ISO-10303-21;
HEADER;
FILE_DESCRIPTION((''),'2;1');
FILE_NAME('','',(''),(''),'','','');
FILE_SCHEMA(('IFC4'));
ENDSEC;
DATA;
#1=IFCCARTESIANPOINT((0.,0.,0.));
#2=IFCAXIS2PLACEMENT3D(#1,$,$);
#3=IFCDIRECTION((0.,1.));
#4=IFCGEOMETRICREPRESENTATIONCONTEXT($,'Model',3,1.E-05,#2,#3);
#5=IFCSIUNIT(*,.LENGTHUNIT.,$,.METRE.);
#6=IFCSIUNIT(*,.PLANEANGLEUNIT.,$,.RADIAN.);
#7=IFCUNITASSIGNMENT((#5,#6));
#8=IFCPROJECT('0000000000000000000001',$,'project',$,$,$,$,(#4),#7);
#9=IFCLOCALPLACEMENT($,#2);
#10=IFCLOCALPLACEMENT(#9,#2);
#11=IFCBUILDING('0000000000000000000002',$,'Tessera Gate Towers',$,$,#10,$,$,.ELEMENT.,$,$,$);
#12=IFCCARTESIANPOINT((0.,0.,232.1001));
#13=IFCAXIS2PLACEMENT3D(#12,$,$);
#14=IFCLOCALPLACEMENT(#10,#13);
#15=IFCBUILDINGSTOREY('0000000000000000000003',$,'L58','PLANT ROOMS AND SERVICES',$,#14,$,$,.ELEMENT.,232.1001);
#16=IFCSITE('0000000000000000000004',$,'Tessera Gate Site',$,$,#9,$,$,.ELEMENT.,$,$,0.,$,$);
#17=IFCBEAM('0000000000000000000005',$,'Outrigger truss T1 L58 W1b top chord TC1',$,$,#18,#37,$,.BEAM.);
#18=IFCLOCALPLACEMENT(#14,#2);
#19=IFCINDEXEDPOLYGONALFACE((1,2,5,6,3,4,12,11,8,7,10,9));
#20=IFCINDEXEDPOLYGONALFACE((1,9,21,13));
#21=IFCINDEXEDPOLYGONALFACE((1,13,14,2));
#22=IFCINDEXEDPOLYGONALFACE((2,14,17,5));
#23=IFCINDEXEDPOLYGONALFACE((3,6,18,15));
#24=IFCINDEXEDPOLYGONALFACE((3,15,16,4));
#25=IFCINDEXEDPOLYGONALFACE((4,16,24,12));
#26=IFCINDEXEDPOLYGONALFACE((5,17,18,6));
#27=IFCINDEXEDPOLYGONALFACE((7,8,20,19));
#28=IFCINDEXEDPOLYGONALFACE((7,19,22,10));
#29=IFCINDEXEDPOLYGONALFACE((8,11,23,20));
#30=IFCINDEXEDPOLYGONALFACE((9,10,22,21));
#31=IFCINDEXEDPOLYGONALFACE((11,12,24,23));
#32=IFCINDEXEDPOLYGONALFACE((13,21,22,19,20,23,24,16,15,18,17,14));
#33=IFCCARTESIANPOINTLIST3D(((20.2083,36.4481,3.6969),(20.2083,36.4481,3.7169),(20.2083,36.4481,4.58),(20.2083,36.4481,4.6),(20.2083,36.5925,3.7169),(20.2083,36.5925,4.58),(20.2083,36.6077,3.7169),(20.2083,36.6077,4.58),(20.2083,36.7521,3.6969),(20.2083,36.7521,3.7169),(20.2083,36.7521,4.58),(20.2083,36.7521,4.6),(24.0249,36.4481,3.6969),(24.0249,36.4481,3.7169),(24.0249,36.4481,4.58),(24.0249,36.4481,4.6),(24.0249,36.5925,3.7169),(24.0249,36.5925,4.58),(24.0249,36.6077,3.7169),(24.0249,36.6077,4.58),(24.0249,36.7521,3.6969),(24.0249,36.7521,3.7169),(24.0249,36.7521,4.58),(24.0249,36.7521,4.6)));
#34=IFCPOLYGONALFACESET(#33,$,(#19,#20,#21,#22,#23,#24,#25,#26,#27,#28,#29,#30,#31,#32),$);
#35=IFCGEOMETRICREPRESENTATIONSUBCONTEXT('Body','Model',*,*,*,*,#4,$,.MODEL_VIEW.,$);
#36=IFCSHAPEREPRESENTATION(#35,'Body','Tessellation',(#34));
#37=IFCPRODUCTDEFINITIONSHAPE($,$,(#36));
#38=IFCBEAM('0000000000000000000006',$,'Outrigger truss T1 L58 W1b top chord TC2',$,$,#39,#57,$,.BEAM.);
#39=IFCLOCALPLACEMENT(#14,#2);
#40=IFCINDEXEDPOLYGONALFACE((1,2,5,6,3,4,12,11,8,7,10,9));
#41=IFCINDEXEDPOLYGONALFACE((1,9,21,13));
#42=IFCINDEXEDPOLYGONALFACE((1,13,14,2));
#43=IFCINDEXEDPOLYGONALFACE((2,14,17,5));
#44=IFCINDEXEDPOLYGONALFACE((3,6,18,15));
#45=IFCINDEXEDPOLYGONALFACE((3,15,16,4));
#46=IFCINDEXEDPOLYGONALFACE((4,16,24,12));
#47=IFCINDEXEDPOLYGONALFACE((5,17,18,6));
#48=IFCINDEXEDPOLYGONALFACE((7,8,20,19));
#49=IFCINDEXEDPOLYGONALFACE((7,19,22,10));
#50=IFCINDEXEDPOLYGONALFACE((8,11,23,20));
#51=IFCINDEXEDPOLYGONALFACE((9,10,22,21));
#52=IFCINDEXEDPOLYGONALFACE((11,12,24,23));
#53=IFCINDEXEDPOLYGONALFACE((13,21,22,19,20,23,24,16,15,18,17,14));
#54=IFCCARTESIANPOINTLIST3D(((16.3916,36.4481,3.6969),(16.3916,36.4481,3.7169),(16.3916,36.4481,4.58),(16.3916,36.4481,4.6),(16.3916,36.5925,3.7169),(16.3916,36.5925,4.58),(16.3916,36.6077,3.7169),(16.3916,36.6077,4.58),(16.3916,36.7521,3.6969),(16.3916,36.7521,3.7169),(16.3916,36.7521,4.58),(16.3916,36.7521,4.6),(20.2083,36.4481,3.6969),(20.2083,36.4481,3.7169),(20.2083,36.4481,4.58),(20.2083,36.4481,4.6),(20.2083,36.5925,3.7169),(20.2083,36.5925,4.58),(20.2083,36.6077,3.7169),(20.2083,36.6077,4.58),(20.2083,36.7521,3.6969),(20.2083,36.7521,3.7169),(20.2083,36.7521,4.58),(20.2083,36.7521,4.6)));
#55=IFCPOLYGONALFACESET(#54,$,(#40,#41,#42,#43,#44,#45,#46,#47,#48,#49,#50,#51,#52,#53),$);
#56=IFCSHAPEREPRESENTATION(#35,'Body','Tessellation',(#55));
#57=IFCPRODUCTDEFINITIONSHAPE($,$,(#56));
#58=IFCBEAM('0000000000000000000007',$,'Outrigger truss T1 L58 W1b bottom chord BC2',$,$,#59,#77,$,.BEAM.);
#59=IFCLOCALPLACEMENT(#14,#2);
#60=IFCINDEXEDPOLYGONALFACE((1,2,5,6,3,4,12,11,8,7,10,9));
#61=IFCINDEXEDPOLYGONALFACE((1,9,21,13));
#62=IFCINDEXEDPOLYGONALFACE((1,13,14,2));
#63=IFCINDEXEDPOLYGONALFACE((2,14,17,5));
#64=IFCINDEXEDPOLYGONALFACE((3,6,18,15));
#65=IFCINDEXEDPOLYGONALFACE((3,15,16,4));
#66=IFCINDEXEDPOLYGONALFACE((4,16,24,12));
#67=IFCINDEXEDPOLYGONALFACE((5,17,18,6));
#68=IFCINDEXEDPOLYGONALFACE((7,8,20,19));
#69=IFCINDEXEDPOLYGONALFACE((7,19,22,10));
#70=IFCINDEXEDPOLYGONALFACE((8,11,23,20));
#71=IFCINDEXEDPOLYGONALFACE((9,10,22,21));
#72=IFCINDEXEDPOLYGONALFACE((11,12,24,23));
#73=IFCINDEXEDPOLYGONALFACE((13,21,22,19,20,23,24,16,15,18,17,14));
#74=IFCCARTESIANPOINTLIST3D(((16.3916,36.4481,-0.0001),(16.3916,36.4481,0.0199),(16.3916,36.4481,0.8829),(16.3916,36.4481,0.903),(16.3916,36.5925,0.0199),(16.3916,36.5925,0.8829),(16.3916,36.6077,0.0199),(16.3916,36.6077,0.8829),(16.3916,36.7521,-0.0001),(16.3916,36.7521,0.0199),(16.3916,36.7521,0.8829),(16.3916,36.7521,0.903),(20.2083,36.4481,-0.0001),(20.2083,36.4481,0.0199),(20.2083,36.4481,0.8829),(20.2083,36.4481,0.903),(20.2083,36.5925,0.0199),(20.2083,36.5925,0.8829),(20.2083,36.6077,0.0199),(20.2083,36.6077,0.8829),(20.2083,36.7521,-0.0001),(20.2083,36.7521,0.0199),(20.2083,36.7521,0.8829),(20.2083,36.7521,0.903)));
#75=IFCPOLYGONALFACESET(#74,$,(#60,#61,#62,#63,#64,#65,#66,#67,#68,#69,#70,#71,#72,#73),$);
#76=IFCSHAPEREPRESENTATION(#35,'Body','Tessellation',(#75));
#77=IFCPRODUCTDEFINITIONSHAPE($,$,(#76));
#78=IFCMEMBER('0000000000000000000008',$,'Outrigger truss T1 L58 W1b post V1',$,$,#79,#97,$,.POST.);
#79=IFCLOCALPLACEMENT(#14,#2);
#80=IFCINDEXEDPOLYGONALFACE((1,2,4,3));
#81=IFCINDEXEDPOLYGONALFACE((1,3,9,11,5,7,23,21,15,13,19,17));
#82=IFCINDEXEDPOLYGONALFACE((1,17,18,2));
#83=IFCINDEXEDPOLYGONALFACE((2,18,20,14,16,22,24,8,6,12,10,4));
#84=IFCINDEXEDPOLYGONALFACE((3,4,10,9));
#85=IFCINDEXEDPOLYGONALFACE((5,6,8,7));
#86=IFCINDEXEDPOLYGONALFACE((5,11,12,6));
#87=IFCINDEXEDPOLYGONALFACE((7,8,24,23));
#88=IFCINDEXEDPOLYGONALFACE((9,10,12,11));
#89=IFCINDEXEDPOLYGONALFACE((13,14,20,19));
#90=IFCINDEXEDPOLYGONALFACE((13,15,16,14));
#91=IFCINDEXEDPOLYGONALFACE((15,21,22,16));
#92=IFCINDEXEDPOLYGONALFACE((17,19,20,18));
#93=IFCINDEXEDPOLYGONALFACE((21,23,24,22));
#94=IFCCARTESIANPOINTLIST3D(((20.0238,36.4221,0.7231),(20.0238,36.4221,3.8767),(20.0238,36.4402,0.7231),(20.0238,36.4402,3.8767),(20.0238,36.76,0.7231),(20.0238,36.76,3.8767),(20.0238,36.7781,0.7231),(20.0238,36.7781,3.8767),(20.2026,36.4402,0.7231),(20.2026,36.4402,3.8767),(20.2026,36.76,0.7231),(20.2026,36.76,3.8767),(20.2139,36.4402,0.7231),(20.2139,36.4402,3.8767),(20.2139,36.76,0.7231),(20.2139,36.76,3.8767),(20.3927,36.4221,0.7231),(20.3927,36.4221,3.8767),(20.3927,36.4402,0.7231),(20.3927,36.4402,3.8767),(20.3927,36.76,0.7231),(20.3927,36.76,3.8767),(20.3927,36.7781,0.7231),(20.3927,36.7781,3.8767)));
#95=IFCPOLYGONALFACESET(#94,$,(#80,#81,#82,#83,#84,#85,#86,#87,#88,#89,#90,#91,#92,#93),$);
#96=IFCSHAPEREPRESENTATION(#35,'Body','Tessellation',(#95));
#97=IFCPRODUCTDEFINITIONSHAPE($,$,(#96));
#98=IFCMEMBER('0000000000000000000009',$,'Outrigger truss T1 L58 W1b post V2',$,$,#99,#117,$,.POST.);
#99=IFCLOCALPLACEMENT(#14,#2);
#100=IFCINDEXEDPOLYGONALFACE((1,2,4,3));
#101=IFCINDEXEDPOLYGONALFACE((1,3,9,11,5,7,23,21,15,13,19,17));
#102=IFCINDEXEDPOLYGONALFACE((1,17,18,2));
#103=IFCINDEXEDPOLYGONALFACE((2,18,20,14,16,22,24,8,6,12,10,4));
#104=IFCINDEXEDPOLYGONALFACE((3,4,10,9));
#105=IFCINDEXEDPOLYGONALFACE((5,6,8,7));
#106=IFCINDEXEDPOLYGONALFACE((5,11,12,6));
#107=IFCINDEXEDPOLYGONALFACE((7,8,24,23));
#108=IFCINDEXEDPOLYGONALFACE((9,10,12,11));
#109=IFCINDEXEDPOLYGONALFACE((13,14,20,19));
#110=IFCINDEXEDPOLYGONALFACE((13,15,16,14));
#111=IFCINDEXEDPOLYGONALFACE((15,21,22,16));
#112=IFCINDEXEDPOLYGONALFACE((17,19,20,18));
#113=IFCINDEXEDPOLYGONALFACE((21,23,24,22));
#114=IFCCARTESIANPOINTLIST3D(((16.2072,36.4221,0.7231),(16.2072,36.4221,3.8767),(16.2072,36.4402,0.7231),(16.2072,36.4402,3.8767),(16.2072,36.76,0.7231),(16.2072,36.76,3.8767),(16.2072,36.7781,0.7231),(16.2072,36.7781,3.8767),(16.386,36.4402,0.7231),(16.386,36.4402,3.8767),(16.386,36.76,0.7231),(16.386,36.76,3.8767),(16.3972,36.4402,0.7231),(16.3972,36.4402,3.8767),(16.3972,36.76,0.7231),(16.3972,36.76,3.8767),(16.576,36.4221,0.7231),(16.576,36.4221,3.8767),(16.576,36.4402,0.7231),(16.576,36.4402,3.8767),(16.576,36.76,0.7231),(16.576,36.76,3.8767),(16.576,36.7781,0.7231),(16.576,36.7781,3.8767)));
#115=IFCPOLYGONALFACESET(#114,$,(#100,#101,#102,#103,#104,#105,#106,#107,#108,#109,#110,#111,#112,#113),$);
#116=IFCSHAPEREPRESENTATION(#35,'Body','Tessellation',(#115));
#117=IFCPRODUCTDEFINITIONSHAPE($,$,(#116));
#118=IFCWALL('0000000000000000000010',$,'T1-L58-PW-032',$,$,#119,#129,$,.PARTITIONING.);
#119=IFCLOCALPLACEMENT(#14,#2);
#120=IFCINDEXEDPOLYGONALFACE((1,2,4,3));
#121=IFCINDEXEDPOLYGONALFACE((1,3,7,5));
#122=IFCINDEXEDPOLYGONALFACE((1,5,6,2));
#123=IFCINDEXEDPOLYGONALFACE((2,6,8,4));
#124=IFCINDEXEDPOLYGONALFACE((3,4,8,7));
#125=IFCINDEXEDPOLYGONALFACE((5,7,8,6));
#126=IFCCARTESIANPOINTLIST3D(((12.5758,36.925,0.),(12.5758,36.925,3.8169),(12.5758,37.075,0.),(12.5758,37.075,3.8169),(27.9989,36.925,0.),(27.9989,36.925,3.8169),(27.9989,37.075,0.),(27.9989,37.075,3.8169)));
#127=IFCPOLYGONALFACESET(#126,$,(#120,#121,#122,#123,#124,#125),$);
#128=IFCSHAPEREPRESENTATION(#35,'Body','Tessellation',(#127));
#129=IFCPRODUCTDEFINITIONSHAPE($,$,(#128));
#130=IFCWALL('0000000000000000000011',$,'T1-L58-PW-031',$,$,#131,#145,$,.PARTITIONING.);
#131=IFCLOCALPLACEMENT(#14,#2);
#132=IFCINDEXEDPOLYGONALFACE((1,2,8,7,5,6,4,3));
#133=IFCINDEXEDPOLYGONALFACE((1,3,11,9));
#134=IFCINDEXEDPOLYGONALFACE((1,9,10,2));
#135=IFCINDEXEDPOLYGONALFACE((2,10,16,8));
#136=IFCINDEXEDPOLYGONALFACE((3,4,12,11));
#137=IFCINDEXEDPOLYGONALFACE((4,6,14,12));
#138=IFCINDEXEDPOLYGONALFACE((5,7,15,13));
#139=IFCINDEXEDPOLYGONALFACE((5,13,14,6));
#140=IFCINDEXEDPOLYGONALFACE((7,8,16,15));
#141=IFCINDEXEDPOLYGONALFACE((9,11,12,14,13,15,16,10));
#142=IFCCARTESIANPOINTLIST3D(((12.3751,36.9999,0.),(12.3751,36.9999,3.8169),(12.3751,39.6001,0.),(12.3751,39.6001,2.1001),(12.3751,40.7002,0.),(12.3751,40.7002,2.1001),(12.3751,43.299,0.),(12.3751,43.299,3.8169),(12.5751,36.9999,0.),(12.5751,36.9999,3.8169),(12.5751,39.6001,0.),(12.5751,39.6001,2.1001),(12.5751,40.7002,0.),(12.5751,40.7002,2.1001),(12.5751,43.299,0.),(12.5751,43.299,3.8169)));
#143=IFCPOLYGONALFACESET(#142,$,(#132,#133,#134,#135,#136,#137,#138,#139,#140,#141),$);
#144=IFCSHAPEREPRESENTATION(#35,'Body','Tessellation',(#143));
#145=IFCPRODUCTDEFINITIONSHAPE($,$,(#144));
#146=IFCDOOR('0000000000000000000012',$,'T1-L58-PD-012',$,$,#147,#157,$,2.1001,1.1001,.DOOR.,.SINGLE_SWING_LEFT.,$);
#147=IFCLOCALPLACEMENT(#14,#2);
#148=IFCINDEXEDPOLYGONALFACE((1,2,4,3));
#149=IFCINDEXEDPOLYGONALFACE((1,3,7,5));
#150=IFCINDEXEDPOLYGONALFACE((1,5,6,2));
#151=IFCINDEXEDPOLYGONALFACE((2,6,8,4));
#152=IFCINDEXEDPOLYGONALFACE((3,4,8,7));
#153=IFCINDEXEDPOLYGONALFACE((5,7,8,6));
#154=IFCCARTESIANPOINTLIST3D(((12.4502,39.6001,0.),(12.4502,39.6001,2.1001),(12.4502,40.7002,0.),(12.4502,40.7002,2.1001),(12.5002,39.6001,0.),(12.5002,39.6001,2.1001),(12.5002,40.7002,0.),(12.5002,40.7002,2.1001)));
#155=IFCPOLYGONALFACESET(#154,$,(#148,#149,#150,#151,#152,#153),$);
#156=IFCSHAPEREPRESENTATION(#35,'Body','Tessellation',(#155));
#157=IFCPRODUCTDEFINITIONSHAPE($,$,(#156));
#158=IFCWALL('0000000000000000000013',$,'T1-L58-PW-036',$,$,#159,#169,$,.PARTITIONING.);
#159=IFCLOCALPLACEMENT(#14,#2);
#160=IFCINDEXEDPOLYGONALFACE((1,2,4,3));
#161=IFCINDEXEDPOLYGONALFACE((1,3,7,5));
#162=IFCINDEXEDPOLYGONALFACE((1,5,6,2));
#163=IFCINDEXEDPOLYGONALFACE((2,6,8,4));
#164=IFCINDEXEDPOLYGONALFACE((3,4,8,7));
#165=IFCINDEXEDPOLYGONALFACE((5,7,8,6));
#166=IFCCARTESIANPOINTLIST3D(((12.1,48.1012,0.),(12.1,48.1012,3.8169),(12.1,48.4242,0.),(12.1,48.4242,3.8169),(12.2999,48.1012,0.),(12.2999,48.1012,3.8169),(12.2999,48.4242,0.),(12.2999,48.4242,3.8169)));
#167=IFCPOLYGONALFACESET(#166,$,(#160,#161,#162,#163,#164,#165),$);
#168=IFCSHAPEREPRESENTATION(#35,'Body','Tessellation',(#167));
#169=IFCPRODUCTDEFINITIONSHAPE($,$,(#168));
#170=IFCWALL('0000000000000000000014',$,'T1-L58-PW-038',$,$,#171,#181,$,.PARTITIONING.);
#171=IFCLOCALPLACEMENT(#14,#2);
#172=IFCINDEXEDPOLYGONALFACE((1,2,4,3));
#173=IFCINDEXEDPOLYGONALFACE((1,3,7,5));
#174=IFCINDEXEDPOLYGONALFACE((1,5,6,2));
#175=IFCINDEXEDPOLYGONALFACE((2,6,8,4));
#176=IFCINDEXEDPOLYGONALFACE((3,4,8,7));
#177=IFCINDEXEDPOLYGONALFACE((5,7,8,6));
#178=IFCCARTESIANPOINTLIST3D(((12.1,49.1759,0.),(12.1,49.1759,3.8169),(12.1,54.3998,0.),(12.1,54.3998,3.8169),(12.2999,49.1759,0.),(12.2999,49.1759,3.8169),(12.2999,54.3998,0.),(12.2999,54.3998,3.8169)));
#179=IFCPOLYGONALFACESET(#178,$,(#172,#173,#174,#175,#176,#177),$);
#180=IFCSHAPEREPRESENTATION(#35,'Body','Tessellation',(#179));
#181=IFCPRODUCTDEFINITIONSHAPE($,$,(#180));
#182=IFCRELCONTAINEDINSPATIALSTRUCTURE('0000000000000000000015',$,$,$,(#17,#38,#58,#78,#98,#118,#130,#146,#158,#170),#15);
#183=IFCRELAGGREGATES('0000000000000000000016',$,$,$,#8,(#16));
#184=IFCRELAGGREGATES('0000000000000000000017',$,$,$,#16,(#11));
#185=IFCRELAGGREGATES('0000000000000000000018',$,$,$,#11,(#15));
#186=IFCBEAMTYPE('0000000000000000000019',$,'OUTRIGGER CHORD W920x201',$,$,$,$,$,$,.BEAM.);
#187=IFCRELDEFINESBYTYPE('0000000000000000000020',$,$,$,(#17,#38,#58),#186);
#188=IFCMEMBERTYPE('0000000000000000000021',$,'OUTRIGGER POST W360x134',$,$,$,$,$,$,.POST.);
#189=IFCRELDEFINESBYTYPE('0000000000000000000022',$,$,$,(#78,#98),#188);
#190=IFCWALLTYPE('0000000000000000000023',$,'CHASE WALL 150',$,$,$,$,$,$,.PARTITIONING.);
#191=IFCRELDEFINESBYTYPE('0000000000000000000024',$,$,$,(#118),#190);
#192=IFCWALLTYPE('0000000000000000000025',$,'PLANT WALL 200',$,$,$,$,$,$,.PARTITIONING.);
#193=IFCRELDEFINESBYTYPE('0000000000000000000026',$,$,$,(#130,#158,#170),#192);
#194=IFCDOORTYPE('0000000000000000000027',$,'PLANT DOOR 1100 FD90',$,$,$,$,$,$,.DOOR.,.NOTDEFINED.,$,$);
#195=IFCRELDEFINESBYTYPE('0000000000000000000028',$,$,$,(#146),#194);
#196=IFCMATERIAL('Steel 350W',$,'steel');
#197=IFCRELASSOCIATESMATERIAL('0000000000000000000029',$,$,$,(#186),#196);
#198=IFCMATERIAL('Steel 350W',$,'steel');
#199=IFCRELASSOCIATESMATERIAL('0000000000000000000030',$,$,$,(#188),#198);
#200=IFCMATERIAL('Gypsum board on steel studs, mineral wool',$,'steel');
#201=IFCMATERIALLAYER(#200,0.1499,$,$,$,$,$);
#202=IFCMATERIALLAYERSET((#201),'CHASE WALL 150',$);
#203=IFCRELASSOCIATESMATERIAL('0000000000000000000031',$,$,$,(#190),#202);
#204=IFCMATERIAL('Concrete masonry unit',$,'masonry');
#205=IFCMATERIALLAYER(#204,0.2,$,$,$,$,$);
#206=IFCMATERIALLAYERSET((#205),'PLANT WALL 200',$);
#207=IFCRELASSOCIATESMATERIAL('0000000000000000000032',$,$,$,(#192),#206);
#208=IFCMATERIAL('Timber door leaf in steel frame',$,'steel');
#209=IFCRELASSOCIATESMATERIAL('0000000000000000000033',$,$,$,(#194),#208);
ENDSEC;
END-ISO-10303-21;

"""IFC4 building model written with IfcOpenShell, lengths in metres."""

from ifc_helpers import new_model, si_unit, direction, frame, frame_2d, origin, origin_2d, place, context, subcontext, project, spatial, rectangle, i_section, extrude, source, transform, mapped, material, layer, layer_set, material_profile, profile_set, type_object, element, fill, save


model = new_model("IFC4")

# Units and contexts
model_context = context("Model", 3, precision=1e-05, world=origin(), true_north=direction((0.0, 1.0)))
body_context = subcontext(model_context, "Body", "Model", "MODEL_VIEW")
ifc_project = project(units=[si_unit("LENGTHUNIT", "METRE"), si_unit("PLANEANGLEUNIT", "RADIAN")], contexts=[model_context])

# Site, building, storey
site_placement = place(None, origin())
site = spatial("IfcSite", under=ifc_project, at=site_placement, Name="Tessera Gate Site", CompositionType="ELEMENT", RefElevation=0.0)
building_placement = place(site_placement, origin())
building = spatial("IfcBuilding", under=site, at=building_placement, Name="Tessera Gate Towers", CompositionType="ELEMENT")
storey_placement = place(building_placement, frame((0.0, 0.0, 232.1001)))
storey = spatial("IfcBuildingStorey", under=building, at=storey_placement, Name="L58", Description="PLANT ROOMS AND SERVICES", CompositionType="ELEMENT", Elevation=232.1001)

# Beams
ifc_material_1 = material(Name="Steel 350W", Category="steel")
ifc_material_profile_1 = material_profile(ifc_material_1, i_section(OverallWidth=0.304, OverallDepth=0.9031, WebThickness=0.0151, FlangeThickness=0.02, at=origin_2d()), Name="W920x201")
ifc_profile_set_1 = profile_set([ifc_material_profile_1], Name="Steel 350W")
beam_type_1 = type_object("IfcBeamType", Name="OUTRIGGER CHORD W920x201", PredefinedType="BEAM", material=ifc_profile_set_1)
for number, where, z_axis, x_axis, name in (
    (1, (24.0249, 36.6001, 4.1484), (-1.0, 0.0, 0.0), (0.0, -1.0, 0.0), "Outrigger truss T1 L58 W1b top chord TC1"),
    (2, (20.2083, 36.6001, 4.1484), (-1.0, 0.0, 0.0), (0.0, -1.0, 0.0), "Outrigger truss T1 L58 W1b top chord TC2"),
    (3, (20.2083, 36.6001, 0.4514), (-1.0, 0.0, 0.0), (0.0, -1.0, 0.0), "Outrigger truss T1 L58 W1b bottom chord BC2"),
):
    element("IfcBeam", number, at=place(storey_placement, frame(where, z_axis=z_axis, x_axis=x_axis)), inside=storey, type_object=beam_type_1, Name=name, PredefinedType="BEAM", context=body_context, shape_type="SweptSolid", body=[
        extrude(i_section(OverallWidth=0.304, OverallDepth=0.9031, WebThickness=0.0151, FlangeThickness=0.02, at=origin_2d()), origin(), (0.0, 0.0, 1.0), 3.8167),
    ])

# Members
ifc_material_2 = material(Name="Steel 350W", Category="steel")
ifc_material_profile_2 = material_profile(ifc_material_2, i_section(OverallWidth=0.3689, OverallDepth=0.356, WebThickness=0.0112, FlangeThickness=0.0181, at=origin_2d()), Name="W360x134")
ifc_profile_set_2 = profile_set([ifc_material_profile_2], Name="Steel 350W")
member_type = type_object("IfcMemberType", Name="OUTRIGGER POST W360x134", PredefinedType="POST", material=ifc_profile_set_2)
for number, where, z_axis, x_axis, name in (
    (4, (20.2083, 36.6001, 0.7231), (0.0, 0.0, 1.0), (1.0, 0.0, 0.0), "Outrigger truss T1 L58 W1b post V1"),
    (5, (16.3916, 36.6001, 0.7231), (0.0, 0.0, 1.0), (1.0, 0.0, 0.0), "Outrigger truss T1 L58 W1b post V2"),
):
    element("IfcMember", number, at=place(storey_placement, frame(where, z_axis=z_axis, x_axis=x_axis)), inside=storey, type_object=member_type, Name=name, PredefinedType="POST", context=body_context, shape_type="SweptSolid", body=[
        extrude(i_section(OverallWidth=0.3689, OverallDepth=0.356, WebThickness=0.0112, FlangeThickness=0.0181, at=origin_2d()), origin(), (0.0, 0.0, 1.0), 3.1536),
    ])

# Wall
ifc_material_3 = material(Name="Gypsum board on steel studs, mineral wool", Category="steel")
ifc_layer_1 = layer(ifc_material_3, 0.1499)
ifc_layer_set_1 = layer_set([ifc_layer_1], Name="CHASE WALL 150")
wall_type_1 = type_object("IfcWallType", Name="CHASE WALL 150", PredefinedType="PARTITIONING", material=ifc_layer_set_1)
wall_1_placement = place(storey_placement, frame((12.5759, 37.0, 0.0), z_axis=(0.0, 0.0, 1.0), x_axis=(1.0, 0.0, 0.0)))
element("IfcWall", 6, at=wall_1_placement, inside=storey, type_object=wall_type_1, Name="T1-L58-PW-032", PredefinedType="PARTITIONING", context=body_context, shape_type="SweptSolid", body=[
    extrude(rectangle(XDim=15.4231, YDim=0.1499, at=frame_2d((7.7114, 0.0))), origin(), (0.0, 0.0, 1.0), 3.8169),
])

# Wall, opening, door
ifc_material_4 = material(Name="Concrete masonry unit", Category="masonry")
ifc_layer_2 = layer(ifc_material_4, 0.2)
ifc_layer_set_2 = layer_set([ifc_layer_2], Name="PLANT WALL 200")
wall_type_2 = type_object("IfcWallType", Name="PLANT WALL 200", PredefinedType="PARTITIONING", material=ifc_layer_set_2)
wall_2_placement = place(storey_placement, frame((12.4751, 37.0, 0.0), z_axis=(0.0, 0.0, 1.0), x_axis=(0.0, 1.0, 0.0)))
wall_2 = element("IfcWall", 7, at=wall_2_placement, inside=storey, type_object=wall_type_2, Name="T1-L58-PW-031", PredefinedType="PARTITIONING", context=body_context, shape_type="SweptSolid", body=[
    extrude(rectangle(XDim=6.2991, YDim=0.2, at=frame_2d((3.1494, 0.0))), origin(), (0.0, 0.0, 1.0), 3.8169),
])
shared_shape_1 = source(origin(), body_context, "Body", "SweptSolid", [
    extrude(rectangle(XDim=1.1001, YDim=2.1001, at=frame_2d((0.55, 1.05))), frame((0.0, 0.1099, 0.0), z_axis=(0.0, -1.0, 0.0), x_axis=(1.0, 0.0, 0.0)), (0.0, 0.0, 1.0), 0.22),
])
opening_placement = place(wall_2_placement, frame((2.6001, 0.0, 0.0)))
opening = element("IfcOpeningElement", 8, at=opening_placement, cuts=wall_2, PredefinedType="OPENING", context=body_context, shape_type="MappedRepresentation", body=[
    mapped(shared_shape_1, transform((0.0, 0.0, 0.0), scale=1.0)),
])
ifc_material_5 = material(Name="Timber door leaf in steel frame", Category="steel")
door_type = type_object("IfcDoorType", Name="PLANT DOOR 1100 FD90", OperationType="NOTDEFINED", PredefinedType="DOOR", material=ifc_material_5)
shared_shape_2 = source(origin(), body_context, "Body", "SweptSolid", [
    extrude(rectangle(XDim=1.1001, YDim=2.1001, at=frame_2d((0.55, 1.05))), frame((0.0, 0.0249, 0.0), z_axis=(0.0, -1.0, 0.0), x_axis=(1.0, 0.0, 0.0)), (0.0, 0.0, 1.0), 0.05),
])
door_placement = place(opening_placement, origin())
door = element("IfcDoor", 9, at=door_placement, inside=storey, type_object=door_type, Name="T1-L58-PD-012", OperationType="SINGLE_SWING_LEFT", OverallHeight=2.1001, OverallWidth=1.1001, PredefinedType="DOOR", context=body_context, shape_type="MappedRepresentation", body=[
    mapped(shared_shape_2, transform((0.0, 0.0, 0.0), scale=1.0)),
])
fill(opening, door)

# Walls
wall_3_placement = place(storey_placement, frame((12.2, 48.1011, 0.0), z_axis=(0.0, 0.0, 1.0), x_axis=(0.0, 1.0, 0.0)))
element("IfcWall", 10, at=wall_3_placement, inside=storey, type_object=wall_type_2, Name="T1-L58-PW-036", PredefinedType="PARTITIONING", context=body_context, shape_type="SweptSolid", body=[
    extrude(rectangle(XDim=0.323, YDim=0.2, at=frame_2d((0.1616, 0.0))), origin(), (0.0, 0.0, 1.0), 3.8169),
])
wall_4_placement = place(storey_placement, frame((12.2, 49.176, 0.0), z_axis=(0.0, 0.0, 1.0), x_axis=(0.0, 1.0, 0.0)))
element("IfcWall", 11, at=wall_4_placement, inside=storey, type_object=wall_type_2, Name="T1-L58-PW-038", PredefinedType="PARTITIONING", context=body_context, shape_type="SweptSolid", body=[
    extrude(rectangle(XDim=5.2239, YDim=0.2, at=frame_2d((2.6118, 0.0))), origin(), (0.0, 0.0, 1.0), 3.8169),
])

save(model, "model.ifc")
